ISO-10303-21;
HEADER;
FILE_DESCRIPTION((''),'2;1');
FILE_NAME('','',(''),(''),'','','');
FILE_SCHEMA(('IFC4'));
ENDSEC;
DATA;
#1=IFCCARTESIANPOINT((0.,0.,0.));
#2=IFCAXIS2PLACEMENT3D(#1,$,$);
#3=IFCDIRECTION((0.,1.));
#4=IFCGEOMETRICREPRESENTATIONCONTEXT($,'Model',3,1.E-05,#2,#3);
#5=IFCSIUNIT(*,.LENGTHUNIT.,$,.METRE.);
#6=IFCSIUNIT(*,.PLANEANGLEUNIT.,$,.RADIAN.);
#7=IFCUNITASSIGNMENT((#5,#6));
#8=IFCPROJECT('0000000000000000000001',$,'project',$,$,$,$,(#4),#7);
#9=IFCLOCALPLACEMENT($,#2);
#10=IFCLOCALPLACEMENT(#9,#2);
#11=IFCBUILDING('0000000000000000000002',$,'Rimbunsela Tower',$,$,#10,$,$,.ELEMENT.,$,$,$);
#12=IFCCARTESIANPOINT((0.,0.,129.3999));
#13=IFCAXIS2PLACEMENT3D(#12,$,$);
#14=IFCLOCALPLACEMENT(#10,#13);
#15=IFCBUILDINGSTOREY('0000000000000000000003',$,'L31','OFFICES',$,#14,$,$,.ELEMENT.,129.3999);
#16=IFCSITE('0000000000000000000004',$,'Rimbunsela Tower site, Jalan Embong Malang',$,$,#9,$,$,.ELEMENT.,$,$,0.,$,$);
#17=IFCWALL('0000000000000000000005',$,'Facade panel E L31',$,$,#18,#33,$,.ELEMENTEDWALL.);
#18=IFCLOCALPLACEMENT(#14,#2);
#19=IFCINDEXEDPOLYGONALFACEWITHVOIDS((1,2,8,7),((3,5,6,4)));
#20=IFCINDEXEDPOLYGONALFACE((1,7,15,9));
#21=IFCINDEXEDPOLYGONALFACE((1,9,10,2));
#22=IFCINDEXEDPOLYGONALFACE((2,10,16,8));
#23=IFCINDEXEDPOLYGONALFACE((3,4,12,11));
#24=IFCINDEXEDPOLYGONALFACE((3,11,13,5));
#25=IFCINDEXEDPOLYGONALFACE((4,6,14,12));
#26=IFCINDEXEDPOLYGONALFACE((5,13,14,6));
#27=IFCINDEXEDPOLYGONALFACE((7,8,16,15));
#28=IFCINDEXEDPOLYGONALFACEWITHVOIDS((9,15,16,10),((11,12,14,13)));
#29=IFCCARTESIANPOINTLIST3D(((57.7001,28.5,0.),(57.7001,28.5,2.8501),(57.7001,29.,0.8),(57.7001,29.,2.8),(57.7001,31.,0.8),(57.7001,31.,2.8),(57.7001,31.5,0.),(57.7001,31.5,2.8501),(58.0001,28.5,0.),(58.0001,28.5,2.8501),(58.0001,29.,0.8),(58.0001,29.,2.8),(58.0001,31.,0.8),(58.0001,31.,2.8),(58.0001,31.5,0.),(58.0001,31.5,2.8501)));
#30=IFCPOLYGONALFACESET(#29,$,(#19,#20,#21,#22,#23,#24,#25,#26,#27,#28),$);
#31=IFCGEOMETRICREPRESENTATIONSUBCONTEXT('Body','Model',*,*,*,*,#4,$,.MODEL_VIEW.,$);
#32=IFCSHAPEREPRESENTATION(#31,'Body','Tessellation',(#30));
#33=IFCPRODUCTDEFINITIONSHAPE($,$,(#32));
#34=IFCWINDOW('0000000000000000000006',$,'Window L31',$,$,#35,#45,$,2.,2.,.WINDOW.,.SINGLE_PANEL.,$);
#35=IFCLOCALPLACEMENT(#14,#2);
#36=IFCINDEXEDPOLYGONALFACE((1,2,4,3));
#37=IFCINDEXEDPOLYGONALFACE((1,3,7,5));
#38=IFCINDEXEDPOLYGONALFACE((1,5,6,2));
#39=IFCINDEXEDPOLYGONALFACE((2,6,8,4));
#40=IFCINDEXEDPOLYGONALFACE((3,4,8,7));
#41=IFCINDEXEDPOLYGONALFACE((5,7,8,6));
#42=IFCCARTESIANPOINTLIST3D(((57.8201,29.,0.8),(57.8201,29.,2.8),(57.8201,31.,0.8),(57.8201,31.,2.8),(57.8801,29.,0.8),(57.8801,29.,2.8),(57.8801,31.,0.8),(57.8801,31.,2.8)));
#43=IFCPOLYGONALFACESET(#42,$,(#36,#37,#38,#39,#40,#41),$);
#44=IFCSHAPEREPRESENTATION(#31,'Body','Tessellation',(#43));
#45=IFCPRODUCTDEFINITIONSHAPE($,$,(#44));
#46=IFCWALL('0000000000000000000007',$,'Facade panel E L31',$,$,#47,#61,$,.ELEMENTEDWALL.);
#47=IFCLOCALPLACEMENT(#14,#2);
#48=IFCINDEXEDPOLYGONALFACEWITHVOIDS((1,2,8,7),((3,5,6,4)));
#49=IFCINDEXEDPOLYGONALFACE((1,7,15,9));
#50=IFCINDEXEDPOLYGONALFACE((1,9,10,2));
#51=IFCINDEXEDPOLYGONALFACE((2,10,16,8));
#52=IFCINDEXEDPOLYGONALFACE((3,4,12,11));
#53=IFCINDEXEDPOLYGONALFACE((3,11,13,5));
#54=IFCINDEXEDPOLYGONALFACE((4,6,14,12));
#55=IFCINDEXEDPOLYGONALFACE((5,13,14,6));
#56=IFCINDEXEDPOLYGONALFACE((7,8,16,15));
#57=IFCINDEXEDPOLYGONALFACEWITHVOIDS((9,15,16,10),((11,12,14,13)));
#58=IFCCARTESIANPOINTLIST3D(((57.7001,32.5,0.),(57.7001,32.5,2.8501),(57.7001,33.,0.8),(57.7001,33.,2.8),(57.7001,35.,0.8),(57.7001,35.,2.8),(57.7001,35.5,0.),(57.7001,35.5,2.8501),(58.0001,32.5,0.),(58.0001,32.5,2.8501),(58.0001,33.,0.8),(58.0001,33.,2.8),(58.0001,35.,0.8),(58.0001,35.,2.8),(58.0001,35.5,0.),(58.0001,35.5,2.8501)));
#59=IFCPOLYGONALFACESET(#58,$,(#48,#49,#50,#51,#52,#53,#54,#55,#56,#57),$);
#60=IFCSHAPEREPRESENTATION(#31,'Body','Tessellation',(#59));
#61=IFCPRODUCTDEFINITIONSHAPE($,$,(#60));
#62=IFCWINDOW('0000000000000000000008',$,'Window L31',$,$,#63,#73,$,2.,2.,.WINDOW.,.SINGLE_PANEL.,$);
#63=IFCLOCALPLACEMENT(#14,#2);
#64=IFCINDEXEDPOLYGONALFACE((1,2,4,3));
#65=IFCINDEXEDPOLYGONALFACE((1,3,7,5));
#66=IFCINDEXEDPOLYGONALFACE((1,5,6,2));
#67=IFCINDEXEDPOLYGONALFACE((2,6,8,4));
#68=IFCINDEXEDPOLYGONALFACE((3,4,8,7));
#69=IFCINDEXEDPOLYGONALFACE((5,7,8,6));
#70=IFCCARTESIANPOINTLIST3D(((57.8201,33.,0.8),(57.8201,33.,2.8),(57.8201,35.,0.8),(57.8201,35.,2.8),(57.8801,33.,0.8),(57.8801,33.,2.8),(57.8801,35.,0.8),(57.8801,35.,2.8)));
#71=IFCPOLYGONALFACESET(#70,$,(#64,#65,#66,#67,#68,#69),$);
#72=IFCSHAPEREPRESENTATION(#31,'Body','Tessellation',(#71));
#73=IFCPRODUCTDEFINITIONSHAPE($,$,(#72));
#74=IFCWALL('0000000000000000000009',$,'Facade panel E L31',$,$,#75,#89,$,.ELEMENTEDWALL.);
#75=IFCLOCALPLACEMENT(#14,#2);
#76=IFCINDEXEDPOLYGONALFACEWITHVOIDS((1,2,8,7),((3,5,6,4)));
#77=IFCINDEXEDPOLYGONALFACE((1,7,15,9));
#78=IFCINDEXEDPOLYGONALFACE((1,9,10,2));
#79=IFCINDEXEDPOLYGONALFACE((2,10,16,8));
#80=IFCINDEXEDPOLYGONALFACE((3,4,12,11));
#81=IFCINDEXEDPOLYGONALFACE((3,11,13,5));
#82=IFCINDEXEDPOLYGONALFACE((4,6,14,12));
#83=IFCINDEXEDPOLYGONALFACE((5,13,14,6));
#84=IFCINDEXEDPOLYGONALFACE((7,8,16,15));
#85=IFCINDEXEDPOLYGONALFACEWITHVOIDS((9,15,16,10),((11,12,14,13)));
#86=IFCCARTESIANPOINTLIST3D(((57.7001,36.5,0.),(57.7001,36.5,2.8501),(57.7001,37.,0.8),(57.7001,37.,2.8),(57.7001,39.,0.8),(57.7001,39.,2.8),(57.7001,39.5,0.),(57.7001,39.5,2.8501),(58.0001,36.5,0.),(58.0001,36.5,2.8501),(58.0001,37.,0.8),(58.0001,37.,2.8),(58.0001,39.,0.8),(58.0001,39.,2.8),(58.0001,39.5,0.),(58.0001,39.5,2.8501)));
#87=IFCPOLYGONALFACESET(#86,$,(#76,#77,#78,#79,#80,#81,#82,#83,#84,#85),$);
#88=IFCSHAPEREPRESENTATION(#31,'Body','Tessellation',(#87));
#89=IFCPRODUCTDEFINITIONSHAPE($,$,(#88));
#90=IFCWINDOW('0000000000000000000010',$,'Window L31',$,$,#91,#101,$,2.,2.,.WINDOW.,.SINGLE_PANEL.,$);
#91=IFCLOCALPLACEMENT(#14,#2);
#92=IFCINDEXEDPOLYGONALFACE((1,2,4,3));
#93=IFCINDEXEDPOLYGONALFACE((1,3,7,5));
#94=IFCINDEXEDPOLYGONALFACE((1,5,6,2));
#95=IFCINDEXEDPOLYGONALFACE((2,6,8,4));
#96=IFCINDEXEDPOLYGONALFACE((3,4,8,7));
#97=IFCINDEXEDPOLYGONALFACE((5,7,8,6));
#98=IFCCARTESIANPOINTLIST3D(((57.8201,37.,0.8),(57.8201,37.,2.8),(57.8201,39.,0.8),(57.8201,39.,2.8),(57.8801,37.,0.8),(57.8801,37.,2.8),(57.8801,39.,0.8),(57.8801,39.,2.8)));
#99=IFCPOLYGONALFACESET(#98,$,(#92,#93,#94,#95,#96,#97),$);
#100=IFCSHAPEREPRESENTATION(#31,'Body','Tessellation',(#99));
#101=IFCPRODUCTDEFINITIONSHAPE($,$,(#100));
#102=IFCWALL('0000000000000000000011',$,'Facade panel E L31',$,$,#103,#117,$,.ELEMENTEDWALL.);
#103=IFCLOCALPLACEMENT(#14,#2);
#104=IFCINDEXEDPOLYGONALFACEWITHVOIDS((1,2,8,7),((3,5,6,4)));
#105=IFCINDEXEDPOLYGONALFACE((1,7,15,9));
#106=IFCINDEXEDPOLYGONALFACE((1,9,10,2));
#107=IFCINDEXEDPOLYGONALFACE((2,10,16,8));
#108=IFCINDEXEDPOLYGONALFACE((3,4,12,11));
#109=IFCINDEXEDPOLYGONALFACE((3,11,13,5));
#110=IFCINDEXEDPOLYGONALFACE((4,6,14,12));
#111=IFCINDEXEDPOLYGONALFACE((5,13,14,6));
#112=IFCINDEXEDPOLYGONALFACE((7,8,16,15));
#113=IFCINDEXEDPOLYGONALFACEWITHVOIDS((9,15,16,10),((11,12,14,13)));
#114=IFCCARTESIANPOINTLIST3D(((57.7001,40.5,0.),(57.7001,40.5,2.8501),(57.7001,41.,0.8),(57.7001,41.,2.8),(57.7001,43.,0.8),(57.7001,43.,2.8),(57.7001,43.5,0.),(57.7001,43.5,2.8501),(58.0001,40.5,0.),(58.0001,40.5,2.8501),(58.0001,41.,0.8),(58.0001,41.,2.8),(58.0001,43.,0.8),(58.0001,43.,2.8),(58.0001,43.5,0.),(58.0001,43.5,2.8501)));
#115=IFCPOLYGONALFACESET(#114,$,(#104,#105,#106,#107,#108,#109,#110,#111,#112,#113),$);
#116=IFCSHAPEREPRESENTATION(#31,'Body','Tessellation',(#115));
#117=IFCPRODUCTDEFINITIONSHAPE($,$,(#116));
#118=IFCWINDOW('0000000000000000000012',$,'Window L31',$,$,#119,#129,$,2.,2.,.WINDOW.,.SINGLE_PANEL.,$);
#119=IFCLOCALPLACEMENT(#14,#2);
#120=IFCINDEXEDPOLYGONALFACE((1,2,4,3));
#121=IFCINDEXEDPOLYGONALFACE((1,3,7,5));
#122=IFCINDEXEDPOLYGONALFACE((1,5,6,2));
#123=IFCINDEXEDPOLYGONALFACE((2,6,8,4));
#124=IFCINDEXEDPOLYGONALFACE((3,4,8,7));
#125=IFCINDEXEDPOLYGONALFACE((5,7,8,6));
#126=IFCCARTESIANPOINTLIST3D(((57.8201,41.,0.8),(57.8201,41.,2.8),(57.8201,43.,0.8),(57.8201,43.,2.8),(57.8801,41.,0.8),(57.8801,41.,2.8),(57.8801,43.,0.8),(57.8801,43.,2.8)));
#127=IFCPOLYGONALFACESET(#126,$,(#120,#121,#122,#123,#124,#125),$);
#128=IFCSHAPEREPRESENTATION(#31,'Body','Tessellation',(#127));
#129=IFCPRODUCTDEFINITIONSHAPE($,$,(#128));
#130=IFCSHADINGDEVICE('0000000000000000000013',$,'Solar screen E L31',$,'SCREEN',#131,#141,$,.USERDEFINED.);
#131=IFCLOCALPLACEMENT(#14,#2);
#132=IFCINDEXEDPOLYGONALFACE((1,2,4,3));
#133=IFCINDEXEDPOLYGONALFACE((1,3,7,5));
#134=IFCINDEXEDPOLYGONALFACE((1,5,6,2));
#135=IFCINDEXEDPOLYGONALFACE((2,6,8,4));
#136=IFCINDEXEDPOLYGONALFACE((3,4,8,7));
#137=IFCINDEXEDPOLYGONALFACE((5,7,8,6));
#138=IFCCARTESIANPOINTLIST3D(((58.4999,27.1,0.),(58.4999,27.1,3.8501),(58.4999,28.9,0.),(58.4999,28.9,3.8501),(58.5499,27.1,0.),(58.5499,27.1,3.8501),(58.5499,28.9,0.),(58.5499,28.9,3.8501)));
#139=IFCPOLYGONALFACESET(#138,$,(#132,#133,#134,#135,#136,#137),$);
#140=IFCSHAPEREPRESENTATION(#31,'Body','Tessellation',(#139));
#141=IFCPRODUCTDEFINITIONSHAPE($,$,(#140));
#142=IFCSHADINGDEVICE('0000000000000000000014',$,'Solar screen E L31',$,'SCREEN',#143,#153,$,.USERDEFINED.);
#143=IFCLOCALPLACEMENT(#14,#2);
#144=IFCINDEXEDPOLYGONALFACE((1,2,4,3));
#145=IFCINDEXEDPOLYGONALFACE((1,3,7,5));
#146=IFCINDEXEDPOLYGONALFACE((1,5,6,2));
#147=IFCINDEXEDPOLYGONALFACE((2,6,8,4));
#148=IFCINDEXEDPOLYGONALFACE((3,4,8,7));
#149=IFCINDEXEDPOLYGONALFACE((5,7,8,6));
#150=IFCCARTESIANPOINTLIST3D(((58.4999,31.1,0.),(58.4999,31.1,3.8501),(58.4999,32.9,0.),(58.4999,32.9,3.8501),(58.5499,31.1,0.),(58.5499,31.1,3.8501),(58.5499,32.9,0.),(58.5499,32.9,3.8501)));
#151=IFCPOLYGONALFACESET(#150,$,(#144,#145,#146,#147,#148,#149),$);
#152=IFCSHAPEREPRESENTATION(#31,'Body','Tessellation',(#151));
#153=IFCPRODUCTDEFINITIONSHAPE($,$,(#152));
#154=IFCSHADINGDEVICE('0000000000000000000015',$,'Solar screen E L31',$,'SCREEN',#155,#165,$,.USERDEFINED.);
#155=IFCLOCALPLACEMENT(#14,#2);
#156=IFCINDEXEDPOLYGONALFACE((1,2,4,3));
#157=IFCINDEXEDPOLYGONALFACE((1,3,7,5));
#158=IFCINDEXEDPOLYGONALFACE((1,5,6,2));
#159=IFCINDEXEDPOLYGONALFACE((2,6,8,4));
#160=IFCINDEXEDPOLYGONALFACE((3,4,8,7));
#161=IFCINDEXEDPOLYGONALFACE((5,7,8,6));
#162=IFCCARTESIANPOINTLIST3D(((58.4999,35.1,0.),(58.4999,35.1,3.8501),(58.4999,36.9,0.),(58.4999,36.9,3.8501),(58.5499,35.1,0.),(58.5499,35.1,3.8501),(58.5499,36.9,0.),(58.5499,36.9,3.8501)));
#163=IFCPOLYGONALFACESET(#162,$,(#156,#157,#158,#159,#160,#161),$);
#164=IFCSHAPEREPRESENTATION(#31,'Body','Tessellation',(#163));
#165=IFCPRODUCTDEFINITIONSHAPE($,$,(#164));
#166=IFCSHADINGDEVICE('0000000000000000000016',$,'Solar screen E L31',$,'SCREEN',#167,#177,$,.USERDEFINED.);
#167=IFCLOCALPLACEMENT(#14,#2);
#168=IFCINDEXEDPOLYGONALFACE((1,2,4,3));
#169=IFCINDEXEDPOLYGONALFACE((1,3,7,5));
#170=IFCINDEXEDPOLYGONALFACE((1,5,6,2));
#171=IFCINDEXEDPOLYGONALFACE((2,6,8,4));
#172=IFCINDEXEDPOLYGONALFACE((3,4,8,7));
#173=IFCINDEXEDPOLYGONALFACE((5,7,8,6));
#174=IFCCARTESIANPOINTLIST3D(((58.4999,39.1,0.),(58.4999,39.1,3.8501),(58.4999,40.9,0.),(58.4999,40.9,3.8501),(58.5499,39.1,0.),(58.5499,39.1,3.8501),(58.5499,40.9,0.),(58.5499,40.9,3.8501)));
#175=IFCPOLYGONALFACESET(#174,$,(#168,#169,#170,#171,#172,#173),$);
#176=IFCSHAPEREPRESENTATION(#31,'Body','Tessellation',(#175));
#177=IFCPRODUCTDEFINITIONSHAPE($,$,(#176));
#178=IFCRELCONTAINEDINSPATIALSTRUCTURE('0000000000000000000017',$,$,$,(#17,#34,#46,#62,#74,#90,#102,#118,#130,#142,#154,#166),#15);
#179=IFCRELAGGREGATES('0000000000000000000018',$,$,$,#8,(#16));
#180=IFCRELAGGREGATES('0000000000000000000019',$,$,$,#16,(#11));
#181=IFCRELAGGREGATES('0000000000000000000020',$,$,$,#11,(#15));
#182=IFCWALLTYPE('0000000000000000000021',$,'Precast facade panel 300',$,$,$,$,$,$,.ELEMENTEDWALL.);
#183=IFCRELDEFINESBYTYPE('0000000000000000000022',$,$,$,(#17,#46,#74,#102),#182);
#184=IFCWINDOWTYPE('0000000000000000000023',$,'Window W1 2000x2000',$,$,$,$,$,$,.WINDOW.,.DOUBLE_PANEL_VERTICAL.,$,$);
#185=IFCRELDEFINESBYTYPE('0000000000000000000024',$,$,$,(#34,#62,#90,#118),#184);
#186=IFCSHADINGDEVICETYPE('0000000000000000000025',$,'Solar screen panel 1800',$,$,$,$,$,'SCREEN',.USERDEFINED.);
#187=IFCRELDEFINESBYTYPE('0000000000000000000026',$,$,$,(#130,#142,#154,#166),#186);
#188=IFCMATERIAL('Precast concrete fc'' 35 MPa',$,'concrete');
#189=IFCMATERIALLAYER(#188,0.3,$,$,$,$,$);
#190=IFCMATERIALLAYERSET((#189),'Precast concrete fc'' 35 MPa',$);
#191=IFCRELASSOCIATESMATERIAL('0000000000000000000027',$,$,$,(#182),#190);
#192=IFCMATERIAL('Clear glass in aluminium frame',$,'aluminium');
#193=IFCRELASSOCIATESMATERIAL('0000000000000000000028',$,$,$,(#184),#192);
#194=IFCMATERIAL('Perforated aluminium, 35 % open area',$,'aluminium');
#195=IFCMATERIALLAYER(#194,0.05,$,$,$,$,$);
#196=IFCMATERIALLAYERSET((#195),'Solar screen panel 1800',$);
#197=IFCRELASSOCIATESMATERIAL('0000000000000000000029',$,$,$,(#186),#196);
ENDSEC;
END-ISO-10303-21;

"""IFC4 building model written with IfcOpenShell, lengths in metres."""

from ifc_helpers import new_model, si_unit, direction, frame, frame_2d, origin, origin_2d, place, context, subcontext, project, spatial, rectangle, extrude, material, layer, layer_set, type_object, element, fill, save


model = new_model("IFC4")

# Units and contexts
model_context = context("Model", 3, precision=1e-05, world=origin(), true_north=direction((0.0, 1.0)))
body_context = subcontext(model_context, "Body", "Model", "MODEL_VIEW")
ifc_project = project(units=[si_unit("LENGTHUNIT", "METRE"), si_unit("PLANEANGLEUNIT", "RADIAN")], contexts=[model_context])

# Site, building, storey
site_placement = place(None, origin())
site = spatial("IfcSite", under=ifc_project, at=site_placement, Name="Rimbunsela Tower site, Jalan Embong Malang", CompositionType="ELEMENT", RefElevation=0.0)
building_placement = place(site_placement, origin())
building = spatial("IfcBuilding", under=site, at=building_placement, Name="Rimbunsela Tower", CompositionType="ELEMENT")
storey_placement = place(building_placement, frame((0.0, 0.0, 129.3999)))
storey = spatial("IfcBuildingStorey", under=building, at=storey_placement, Name="L31", Description="OFFICES", CompositionType="ELEMENT", Elevation=129.3999)

# Walls, openings, windows
ifc_material_1 = material(Name="Precast concrete fc' 35 MPa", Category="concrete")
ifc_layer_1 = layer(ifc_material_1, 0.3)
ifc_layer_set_1 = layer_set([ifc_layer_1], Name="Precast concrete fc' 35 MPa")
wall_type_1 = type_object("IfcWallType", Name="Precast facade panel 300", PredefinedType="ELEMENTEDWALL", material=ifc_layer_set_1)
wall_1_placement = place(storey_placement, frame((57.8501, 28.5, 0.0), z_axis=(0.0, 0.0, 1.0), x_axis=(0.0, 1.0, 0.0)))
wall_1 = element("IfcWall", 1, at=wall_1_placement, inside=storey, type_object=wall_type_1, Name="Facade panel E L31", PredefinedType="ELEMENTEDWALL", context=body_context, shape_type="SweptSolid", body=[
    extrude(rectangle(XDim=3.0, YDim=0.3, at=frame_2d((1.5, 0.0))), origin(), (0.0, 0.0, 1.0), 2.8501),
])
opening_1_placement = place(wall_1_placement, frame((0.5, 0.0, 0.8)))
opening_1 = element("IfcOpeningElement", 2, at=opening_1_placement, cuts=wall_1, PredefinedType="OPENING", context=body_context, shape_type="SweptSolid", body=[
    extrude(rectangle(XDim=2.0, YDim=2.0, at=frame_2d((1.0, 1.0))), frame((0.0, 0.1599, 0.0), z_axis=(0.0, -1.0, 0.0), x_axis=(1.0, 0.0, 0.0)), (0.0, 0.0, 1.0), 0.3201),
])
ifc_material_2 = material(Name="Clear glass in aluminium frame", Category="aluminium")
window_type = type_object("IfcWindowType", Name="Window W1 2000x2000", PartitioningType="DOUBLE_PANEL_VERTICAL", PredefinedType="WINDOW", material=ifc_material_2)
window_1_placement = place(opening_1_placement, origin())
window_1 = element("IfcWindow", 3, at=window_1_placement, inside=storey, type_object=window_type, Name="Window L31", OverallHeight=2.0, OverallWidth=2.0, PartitioningType="SINGLE_PANEL", PredefinedType="WINDOW", context=body_context, shape_type="SweptSolid", body=[
    extrude(rectangle(XDim=2.0, YDim=2.0, at=frame_2d((1.0, 1.0))), frame((0.0, 0.03, 0.0), z_axis=(0.0, -1.0, 0.0), x_axis=(1.0, 0.0, 0.0)), (0.0, 0.0, 1.0), 0.0601),
])
fill(opening_1, window_1)
wall_2_placement = place(storey_placement, frame((57.8501, 32.5, 0.0), z_axis=(0.0, 0.0, 1.0), x_axis=(0.0, 1.0, 0.0)))
wall_2 = element("IfcWall", 4, at=wall_2_placement, inside=storey, type_object=wall_type_1, Name="Facade panel E L31", PredefinedType="ELEMENTEDWALL", context=body_context, shape_type="SweptSolid", body=[
    extrude(rectangle(XDim=3.0, YDim=0.3, at=frame_2d((1.5, 0.0))), origin(), (0.0, 0.0, 1.0), 2.8501),
])
opening_2_placement = place(wall_2_placement, frame((0.5, 0.0, 0.8)))
opening_2 = element("IfcOpeningElement", 5, at=opening_2_placement, cuts=wall_2, PredefinedType="OPENING", context=body_context, shape_type="SweptSolid", body=[
    extrude(rectangle(XDim=2.0, YDim=2.0, at=frame_2d((1.0, 1.0))), frame((0.0, 0.1599, 0.0), z_axis=(0.0, -1.0, 0.0), x_axis=(1.0, 0.0, 0.0)), (0.0, 0.0, 1.0), 0.3201),
])
window_2_placement = place(opening_2_placement, origin())
window_2 = element("IfcWindow", 6, at=window_2_placement, inside=storey, type_object=window_type, Name="Window L31", OverallHeight=2.0, OverallWidth=2.0, PartitioningType="SINGLE_PANEL", PredefinedType="WINDOW", context=body_context, shape_type="SweptSolid", body=[
    extrude(rectangle(XDim=2.0, YDim=2.0, at=frame_2d((1.0, 1.0))), frame((0.0, 0.03, 0.0), z_axis=(0.0, -1.0, 0.0), x_axis=(1.0, 0.0, 0.0)), (0.0, 0.0, 1.0), 0.0601),
])
fill(opening_2, window_2)
wall_3_placement = place(storey_placement, frame((57.8501, 36.5, 0.0), z_axis=(0.0, 0.0, 1.0), x_axis=(0.0, 1.0, 0.0)))
wall_3 = element("IfcWall", 7, at=wall_3_placement, inside=storey, type_object=wall_type_1, Name="Facade panel E L31", PredefinedType="ELEMENTEDWALL", context=body_context, shape_type="SweptSolid", body=[
    extrude(rectangle(XDim=3.0, YDim=0.3, at=frame_2d((1.5, 0.0))), origin(), (0.0, 0.0, 1.0), 2.8501),
])
opening_3_placement = place(wall_3_placement, frame((0.5, 0.0, 0.8)))
opening_3 = element("IfcOpeningElement", 8, at=opening_3_placement, cuts=wall_3, PredefinedType="OPENING", context=body_context, shape_type="SweptSolid", body=[
    extrude(rectangle(XDim=2.0, YDim=2.0, at=frame_2d((1.0, 1.0))), frame((0.0, 0.1599, 0.0), z_axis=(0.0, -1.0, 0.0), x_axis=(1.0, 0.0, 0.0)), (0.0, 0.0, 1.0), 0.3201),
])
window_3_placement = place(opening_3_placement, origin())
window_3 = element("IfcWindow", 9, at=window_3_placement, inside=storey, type_object=window_type, Name="Window L31", OverallHeight=2.0, OverallWidth=2.0, PartitioningType="SINGLE_PANEL", PredefinedType="WINDOW", context=body_context, shape_type="SweptSolid", body=[
    extrude(rectangle(XDim=2.0, YDim=2.0, at=frame_2d((1.0, 1.0))), frame((0.0, 0.03, 0.0), z_axis=(0.0, -1.0, 0.0), x_axis=(1.0, 0.0, 0.0)), (0.0, 0.0, 1.0), 0.0601),
])
fill(opening_3, window_3)
wall_4_placement = place(storey_placement, frame((57.8501, 40.5, 0.0), z_axis=(0.0, 0.0, 1.0), x_axis=(0.0, 1.0, 0.0)))
wall_4 = element("IfcWall", 10, at=wall_4_placement, inside=storey, type_object=wall_type_1, Name="Facade panel E L31", PredefinedType="ELEMENTEDWALL", context=body_context, shape_type="SweptSolid", body=[
    extrude(rectangle(XDim=3.0, YDim=0.3, at=frame_2d((1.5, 0.0))), origin(), (0.0, 0.0, 1.0), 2.8501),
])
opening_4_placement = place(wall_4_placement, frame((0.5, 0.0, 0.8)))
opening_4 = element("IfcOpeningElement", 11, at=opening_4_placement, cuts=wall_4, PredefinedType="OPENING", context=body_context, shape_type="SweptSolid", body=[
    extrude(rectangle(XDim=2.0, YDim=2.0, at=frame_2d((1.0, 1.0))), frame((0.0, 0.1599, 0.0), z_axis=(0.0, -1.0, 0.0), x_axis=(1.0, 0.0, 0.0)), (0.0, 0.0, 1.0), 0.3201),
])
window_4_placement = place(opening_4_placement, origin())
window_4 = element("IfcWindow", 12, at=window_4_placement, inside=storey, type_object=window_type, Name="Window L31", OverallHeight=2.0, OverallWidth=2.0, PartitioningType="SINGLE_PANEL", PredefinedType="WINDOW", context=body_context, shape_type="SweptSolid", body=[
    extrude(rectangle(XDim=2.0, YDim=2.0, at=frame_2d((1.0, 1.0))), frame((0.0, 0.03, 0.0), z_axis=(0.0, -1.0, 0.0), x_axis=(1.0, 0.0, 0.0)), (0.0, 0.0, 1.0), 0.0601),
])
fill(opening_4, window_4)

# Shading devices
ifc_material_3 = material(Name="Perforated aluminium, 35 % open area", Category="aluminium")
ifc_layer_2 = layer(ifc_material_3, 0.05)
ifc_layer_set_2 = layer_set([ifc_layer_2], Name="Solar screen panel 1800")
shading_device_type = type_object("IfcShadingDeviceType", Name="Solar screen panel 1800", ElementType="SCREEN", PredefinedType="USERDEFINED", material=ifc_layer_set_2)
for number, where, z_axis, x_axis, name in (
    (13, (58.5249, 28.0, 0.0), (0.0, 0.0, 1.0), (0.0, 1.0, 0.0), "Solar screen E L31"),
    (14, (58.5249, 32.0, 0.0), (0.0, 0.0, 1.0), (0.0, 1.0, 0.0), "Solar screen E L31"),
    (15, (58.5249, 36.0, 0.0), (0.0, 0.0, 1.0), (0.0, 1.0, 0.0), "Solar screen E L31"),
    (16, (58.5249, 40.0, 0.0), (0.0, 0.0, 1.0), (0.0, 1.0, 0.0), "Solar screen E L31"),
):
    element("IfcShadingDevice", number, at=place(storey_placement, frame(where, z_axis=z_axis, x_axis=x_axis)), inside=storey, type_object=shading_device_type, Name=name, ObjectType="SCREEN", PredefinedType="USERDEFINED", context=body_context, shape_type="SweptSolid", body=[
        extrude(rectangle(XDim=1.8, YDim=0.05, at=origin_2d()), origin(), (0.0, 0.0, 1.0), 3.8501),
    ])

save(model, "model.ifc")
